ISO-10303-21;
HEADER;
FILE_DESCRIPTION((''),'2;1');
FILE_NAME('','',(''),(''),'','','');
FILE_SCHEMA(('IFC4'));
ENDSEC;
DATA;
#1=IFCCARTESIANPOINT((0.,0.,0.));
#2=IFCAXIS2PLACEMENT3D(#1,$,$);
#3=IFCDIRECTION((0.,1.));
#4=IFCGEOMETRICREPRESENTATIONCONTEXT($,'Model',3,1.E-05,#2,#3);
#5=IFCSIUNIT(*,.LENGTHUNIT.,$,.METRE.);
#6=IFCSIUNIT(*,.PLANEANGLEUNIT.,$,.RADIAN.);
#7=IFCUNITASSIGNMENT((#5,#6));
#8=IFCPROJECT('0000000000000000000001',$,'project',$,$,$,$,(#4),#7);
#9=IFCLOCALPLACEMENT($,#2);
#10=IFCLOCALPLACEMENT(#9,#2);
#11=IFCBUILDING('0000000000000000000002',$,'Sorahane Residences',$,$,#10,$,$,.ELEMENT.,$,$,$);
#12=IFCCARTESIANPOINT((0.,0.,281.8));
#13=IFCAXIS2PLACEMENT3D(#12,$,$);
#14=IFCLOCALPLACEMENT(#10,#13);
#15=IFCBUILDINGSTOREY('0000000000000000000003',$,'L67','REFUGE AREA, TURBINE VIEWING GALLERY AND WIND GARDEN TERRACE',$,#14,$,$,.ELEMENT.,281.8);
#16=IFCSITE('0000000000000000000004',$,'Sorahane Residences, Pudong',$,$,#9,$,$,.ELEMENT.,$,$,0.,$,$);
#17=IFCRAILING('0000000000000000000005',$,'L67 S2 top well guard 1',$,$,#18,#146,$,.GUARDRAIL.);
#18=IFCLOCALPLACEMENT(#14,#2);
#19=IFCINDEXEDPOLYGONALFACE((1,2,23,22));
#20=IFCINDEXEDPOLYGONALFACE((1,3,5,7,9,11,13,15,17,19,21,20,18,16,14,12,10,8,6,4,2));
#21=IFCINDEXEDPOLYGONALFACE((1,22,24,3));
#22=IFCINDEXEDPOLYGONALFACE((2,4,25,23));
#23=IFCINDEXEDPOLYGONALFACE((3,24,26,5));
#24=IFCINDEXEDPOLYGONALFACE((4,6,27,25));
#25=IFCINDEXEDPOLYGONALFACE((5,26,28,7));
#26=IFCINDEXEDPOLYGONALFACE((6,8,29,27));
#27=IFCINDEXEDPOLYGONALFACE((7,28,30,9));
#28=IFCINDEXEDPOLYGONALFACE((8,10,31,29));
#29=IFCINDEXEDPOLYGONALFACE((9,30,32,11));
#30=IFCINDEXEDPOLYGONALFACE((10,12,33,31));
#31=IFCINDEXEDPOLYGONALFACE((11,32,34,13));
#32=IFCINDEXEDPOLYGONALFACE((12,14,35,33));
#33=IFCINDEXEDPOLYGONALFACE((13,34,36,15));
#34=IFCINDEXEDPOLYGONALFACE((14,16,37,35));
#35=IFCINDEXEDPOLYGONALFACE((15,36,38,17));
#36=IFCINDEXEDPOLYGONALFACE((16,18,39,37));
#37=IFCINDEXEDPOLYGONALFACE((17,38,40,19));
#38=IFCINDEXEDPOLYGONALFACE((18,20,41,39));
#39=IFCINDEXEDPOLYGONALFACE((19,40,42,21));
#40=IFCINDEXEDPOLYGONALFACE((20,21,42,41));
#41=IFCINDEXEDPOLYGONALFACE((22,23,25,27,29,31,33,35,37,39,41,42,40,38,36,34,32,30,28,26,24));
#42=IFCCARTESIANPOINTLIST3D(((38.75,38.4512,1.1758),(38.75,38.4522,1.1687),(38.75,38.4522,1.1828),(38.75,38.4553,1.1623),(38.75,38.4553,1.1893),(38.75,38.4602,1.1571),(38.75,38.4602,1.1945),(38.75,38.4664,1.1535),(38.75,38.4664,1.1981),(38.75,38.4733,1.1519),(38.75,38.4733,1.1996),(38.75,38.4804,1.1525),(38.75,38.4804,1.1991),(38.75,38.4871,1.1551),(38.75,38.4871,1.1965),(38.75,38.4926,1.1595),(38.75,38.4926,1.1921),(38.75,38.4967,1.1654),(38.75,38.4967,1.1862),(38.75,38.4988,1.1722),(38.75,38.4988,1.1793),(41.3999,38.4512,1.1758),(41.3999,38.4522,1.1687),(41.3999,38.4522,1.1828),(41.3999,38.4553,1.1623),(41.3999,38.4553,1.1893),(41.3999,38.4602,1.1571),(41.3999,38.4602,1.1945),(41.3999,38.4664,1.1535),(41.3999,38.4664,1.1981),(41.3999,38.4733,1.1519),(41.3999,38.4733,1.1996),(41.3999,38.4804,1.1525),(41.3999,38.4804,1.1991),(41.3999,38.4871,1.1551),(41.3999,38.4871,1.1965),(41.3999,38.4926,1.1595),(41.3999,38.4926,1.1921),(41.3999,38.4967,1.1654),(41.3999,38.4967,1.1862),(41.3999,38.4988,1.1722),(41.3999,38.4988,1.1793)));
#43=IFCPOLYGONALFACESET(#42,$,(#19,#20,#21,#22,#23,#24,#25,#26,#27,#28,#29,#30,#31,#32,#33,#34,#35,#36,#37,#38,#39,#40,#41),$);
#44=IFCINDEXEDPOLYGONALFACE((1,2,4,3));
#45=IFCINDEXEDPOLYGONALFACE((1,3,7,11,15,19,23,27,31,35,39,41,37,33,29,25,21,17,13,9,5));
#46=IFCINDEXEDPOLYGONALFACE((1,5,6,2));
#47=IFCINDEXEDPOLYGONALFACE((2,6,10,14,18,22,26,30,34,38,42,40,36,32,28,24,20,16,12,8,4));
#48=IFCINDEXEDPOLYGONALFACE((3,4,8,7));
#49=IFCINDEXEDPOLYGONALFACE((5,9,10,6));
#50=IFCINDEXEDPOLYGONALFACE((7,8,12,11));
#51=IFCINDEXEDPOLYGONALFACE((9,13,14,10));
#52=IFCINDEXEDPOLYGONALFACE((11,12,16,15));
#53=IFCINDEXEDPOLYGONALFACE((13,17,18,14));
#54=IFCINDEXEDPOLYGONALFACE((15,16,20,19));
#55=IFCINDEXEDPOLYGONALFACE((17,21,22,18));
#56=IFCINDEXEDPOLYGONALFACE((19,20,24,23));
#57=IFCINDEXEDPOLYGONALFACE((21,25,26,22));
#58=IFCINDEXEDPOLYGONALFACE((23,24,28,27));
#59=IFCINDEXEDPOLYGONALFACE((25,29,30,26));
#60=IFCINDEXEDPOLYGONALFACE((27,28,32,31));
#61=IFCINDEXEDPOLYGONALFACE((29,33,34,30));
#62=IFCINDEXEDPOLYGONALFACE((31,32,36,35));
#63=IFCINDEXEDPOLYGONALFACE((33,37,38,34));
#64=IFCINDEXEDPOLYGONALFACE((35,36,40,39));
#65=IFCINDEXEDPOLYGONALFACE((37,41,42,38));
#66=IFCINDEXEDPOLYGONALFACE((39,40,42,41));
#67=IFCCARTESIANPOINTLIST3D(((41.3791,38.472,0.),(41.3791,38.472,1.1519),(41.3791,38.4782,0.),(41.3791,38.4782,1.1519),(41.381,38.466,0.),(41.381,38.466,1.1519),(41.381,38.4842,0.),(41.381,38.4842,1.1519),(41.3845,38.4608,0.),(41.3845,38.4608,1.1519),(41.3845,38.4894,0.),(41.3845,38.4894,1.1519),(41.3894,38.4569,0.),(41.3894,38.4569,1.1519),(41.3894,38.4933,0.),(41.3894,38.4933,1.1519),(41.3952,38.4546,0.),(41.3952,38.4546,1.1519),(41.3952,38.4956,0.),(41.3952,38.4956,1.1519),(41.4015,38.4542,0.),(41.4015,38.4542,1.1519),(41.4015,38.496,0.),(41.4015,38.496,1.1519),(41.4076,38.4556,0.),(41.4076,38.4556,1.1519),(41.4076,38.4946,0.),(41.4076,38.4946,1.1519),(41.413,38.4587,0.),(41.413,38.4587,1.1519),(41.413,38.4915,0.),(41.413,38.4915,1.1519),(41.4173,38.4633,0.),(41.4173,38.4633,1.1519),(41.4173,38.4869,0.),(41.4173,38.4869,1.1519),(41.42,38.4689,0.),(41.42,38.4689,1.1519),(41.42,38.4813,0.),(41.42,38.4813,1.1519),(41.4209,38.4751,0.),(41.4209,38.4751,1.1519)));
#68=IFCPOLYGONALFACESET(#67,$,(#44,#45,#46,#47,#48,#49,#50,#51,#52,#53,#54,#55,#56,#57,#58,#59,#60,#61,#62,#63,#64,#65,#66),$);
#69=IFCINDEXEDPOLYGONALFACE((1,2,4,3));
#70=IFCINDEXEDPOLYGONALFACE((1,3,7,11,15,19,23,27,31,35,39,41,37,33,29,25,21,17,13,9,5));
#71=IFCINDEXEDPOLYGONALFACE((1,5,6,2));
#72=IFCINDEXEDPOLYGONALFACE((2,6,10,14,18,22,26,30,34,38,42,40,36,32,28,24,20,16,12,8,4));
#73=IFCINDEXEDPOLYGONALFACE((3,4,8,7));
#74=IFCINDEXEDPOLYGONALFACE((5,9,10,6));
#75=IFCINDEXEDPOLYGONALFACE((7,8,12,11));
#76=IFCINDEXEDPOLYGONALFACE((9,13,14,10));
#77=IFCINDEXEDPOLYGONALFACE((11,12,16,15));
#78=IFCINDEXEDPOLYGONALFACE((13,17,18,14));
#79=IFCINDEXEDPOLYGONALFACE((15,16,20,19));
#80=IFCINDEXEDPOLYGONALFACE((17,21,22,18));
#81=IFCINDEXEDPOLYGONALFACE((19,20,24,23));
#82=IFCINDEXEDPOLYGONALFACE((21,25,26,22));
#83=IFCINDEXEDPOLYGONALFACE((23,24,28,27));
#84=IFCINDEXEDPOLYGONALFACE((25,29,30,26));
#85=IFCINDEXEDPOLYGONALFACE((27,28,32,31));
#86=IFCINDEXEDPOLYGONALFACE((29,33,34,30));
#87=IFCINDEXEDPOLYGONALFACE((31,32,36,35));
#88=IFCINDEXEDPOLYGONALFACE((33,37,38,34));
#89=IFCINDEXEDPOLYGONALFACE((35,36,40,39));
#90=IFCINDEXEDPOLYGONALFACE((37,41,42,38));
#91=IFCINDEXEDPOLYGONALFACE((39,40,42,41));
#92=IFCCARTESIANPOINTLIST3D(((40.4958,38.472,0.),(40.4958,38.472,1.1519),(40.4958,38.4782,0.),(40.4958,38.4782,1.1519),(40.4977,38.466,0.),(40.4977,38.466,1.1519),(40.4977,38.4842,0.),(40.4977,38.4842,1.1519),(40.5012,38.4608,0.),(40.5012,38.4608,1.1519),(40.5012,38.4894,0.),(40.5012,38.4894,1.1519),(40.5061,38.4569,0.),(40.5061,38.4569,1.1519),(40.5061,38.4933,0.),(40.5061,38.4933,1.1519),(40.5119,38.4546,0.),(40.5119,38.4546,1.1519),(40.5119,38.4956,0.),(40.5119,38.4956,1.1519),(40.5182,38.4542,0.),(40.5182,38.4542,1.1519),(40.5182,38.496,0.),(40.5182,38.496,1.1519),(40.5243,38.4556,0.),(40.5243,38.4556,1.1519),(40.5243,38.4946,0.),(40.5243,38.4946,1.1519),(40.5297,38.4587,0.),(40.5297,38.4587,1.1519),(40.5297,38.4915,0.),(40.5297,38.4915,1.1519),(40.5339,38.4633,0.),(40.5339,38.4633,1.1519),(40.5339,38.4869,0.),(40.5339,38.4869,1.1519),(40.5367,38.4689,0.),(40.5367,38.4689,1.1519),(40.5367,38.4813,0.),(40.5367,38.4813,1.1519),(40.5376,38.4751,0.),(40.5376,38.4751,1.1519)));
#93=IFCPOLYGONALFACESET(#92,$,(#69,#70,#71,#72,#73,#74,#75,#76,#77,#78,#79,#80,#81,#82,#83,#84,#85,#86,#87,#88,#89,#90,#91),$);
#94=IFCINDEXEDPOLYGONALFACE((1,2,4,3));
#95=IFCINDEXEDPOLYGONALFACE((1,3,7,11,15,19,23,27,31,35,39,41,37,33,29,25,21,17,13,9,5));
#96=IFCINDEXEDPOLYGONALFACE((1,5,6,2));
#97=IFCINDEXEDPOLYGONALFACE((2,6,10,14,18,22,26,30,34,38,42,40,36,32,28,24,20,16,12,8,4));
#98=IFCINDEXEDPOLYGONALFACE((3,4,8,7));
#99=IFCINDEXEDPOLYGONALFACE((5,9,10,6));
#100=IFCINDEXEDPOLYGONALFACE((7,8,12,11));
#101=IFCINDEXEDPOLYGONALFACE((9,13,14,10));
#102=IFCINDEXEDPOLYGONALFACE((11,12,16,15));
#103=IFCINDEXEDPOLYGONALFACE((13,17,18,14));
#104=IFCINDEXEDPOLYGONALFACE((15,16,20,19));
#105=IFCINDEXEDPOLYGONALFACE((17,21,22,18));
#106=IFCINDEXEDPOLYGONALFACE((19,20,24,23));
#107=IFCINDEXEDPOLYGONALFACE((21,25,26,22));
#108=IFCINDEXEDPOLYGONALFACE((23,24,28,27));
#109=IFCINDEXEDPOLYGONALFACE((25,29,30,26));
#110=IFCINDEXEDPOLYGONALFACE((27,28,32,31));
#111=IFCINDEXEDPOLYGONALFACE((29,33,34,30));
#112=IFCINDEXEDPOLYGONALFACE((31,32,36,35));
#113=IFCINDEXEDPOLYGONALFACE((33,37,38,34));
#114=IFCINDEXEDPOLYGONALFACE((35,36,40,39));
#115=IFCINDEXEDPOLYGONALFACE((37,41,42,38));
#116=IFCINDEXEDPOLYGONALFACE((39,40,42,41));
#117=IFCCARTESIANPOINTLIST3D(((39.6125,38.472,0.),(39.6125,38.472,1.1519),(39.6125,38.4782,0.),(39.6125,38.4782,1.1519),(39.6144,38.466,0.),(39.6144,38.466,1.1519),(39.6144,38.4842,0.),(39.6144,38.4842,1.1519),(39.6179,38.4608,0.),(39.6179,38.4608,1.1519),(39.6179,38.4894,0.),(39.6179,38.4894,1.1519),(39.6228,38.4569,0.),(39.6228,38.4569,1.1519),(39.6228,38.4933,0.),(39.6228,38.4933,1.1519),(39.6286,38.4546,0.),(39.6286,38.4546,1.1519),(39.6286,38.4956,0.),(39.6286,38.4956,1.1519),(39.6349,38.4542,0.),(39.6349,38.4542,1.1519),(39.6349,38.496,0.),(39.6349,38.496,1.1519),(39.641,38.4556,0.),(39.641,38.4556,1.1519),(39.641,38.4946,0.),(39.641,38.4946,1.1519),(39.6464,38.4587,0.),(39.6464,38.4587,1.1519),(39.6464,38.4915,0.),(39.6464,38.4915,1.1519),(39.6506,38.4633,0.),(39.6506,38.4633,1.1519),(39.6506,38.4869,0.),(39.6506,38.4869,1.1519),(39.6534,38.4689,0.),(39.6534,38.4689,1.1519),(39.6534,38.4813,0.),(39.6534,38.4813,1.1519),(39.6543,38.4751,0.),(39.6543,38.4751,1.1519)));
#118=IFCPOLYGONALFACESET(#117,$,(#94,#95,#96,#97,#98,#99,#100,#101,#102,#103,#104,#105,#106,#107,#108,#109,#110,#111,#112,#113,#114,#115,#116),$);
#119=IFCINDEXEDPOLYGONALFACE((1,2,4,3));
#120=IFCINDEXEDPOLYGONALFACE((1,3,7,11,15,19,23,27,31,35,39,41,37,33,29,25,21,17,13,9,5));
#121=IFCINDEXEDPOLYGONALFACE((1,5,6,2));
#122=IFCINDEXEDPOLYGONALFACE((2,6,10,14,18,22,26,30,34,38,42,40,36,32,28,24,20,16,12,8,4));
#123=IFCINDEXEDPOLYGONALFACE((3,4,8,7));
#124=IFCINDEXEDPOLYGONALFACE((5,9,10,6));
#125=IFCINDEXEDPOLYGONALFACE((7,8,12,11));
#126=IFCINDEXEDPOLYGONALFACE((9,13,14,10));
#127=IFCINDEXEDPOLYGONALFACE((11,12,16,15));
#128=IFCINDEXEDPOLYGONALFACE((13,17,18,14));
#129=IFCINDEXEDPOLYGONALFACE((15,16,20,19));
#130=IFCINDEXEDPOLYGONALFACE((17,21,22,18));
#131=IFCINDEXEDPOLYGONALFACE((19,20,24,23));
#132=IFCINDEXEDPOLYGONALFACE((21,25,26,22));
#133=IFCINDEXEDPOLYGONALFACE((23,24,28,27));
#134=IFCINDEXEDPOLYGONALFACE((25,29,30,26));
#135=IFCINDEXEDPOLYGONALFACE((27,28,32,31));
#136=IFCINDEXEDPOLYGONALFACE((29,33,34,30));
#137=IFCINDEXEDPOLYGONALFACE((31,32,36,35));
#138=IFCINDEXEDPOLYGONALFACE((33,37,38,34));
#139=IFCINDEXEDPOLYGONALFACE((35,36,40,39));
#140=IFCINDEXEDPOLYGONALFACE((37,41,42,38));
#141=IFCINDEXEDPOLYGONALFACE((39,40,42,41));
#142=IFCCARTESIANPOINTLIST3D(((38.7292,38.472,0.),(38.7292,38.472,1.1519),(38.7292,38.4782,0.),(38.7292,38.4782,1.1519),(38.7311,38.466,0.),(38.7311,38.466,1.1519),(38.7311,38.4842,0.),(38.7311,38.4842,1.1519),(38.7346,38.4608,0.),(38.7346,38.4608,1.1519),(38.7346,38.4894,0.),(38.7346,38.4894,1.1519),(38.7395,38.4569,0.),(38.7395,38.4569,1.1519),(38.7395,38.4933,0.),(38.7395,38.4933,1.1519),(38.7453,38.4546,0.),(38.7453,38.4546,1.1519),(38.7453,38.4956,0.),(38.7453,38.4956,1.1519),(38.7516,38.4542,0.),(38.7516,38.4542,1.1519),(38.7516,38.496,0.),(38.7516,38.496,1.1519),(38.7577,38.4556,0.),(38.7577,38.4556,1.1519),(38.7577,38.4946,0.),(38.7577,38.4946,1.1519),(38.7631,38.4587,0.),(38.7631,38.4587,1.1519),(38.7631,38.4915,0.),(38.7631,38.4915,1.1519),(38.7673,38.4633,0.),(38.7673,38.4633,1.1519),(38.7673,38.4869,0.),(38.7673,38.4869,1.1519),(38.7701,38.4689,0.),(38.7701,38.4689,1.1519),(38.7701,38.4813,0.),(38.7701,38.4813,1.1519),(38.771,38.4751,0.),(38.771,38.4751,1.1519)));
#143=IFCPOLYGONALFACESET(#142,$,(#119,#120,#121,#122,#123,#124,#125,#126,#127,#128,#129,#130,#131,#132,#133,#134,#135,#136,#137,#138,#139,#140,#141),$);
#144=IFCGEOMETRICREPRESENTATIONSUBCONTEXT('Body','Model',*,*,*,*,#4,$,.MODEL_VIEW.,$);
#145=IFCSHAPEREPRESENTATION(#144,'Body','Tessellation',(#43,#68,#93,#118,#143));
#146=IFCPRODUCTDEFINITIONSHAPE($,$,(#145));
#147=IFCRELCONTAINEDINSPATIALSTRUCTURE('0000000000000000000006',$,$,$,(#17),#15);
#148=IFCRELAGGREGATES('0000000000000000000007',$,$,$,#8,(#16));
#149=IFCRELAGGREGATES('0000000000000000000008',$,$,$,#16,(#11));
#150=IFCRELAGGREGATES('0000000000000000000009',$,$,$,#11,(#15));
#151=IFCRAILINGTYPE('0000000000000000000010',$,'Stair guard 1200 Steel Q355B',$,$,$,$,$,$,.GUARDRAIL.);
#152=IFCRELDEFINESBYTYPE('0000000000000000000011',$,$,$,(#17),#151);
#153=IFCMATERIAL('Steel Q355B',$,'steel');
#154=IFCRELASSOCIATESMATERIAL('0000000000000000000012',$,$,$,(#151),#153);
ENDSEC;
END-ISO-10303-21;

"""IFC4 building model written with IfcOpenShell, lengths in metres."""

from ifc_helpers import new_model, si_unit, direction, frame, origin, origin_2d, place, context, subcontext, project, spatial, circle, extrude, material, type_object, element, save


model = new_model("IFC4")

# Units and contexts
model_context = context("Model", 3, precision=1e-05, world=origin(), true_north=direction((0.0, 1.0)))
body_context = subcontext(model_context, "Body", "Model", "MODEL_VIEW")
ifc_project = project(units=[si_unit("LENGTHUNIT", "METRE"), si_unit("PLANEANGLEUNIT", "RADIAN")], contexts=[model_context])

# Site, building, storey
site_placement = place(None, origin())
site = spatial("IfcSite", under=ifc_project, at=site_placement, Name="Sorahane Residences, Pudong", CompositionType="ELEMENT", RefElevation=0.0)
building_placement = place(site_placement, origin())
building = spatial("IfcBuilding", under=site, at=building_placement, Name="Sorahane Residences", CompositionType="ELEMENT")
storey_placement = place(building_placement, frame((0.0, 0.0, 281.8)))
storey = spatial("IfcBuildingStorey", under=building, at=storey_placement, Name="L67", Description="REFUGE AREA, TURBINE VIEWING GALLERY AND WIND GARDEN TERRACE", CompositionType="ELEMENT", Elevation=281.8)

# Railing
ifc_material_1 = material(Name="Steel Q355B", Category="steel")
railing_type_1 = type_object("IfcRailingType", Name="Stair guard 1200 Steel Q355B", PredefinedType="GUARDRAIL", material=ifc_material_1)
railing_1_placement = place(storey_placement, frame((41.3999, 38.4751, 0.0)))
element("IfcRailing", 1, at=railing_1_placement, inside=storey, type_object=railing_type_1, Name="L67 S2 top well guard 1", PredefinedType="GUARDRAIL", context=body_context, shape_type="SweptSolid", body=[
    extrude(circle(Radius=0.0239, at=origin_2d()), frame((0.0, 0.0, 1.1758), z_axis=(-1.0, 0.0, 0.0), x_axis=(0.0, -1.0, 0.0)), (0.0, 0.0, 1.0), 2.6499),
    extrude(circle(Radius=0.021, at=origin_2d()), origin(), (0.0, 0.0, 1.0), 1.1519),
    extrude(circle(Radius=0.021, at=origin_2d()), frame((-0.8833, 0.0, 0.0)), (0.0, 0.0, 1.0), 1.1519),
    extrude(circle(Radius=0.021, at=origin_2d()), frame((-1.7666, 0.0, 0.0)), (0.0, 0.0, 1.0), 1.1519),
    extrude(circle(Radius=0.021, at=origin_2d()), frame((-2.6499, 0.0, 0.0)), (0.0, 0.0, 1.0), 1.1519),
])

save(model, "model.ifc")
